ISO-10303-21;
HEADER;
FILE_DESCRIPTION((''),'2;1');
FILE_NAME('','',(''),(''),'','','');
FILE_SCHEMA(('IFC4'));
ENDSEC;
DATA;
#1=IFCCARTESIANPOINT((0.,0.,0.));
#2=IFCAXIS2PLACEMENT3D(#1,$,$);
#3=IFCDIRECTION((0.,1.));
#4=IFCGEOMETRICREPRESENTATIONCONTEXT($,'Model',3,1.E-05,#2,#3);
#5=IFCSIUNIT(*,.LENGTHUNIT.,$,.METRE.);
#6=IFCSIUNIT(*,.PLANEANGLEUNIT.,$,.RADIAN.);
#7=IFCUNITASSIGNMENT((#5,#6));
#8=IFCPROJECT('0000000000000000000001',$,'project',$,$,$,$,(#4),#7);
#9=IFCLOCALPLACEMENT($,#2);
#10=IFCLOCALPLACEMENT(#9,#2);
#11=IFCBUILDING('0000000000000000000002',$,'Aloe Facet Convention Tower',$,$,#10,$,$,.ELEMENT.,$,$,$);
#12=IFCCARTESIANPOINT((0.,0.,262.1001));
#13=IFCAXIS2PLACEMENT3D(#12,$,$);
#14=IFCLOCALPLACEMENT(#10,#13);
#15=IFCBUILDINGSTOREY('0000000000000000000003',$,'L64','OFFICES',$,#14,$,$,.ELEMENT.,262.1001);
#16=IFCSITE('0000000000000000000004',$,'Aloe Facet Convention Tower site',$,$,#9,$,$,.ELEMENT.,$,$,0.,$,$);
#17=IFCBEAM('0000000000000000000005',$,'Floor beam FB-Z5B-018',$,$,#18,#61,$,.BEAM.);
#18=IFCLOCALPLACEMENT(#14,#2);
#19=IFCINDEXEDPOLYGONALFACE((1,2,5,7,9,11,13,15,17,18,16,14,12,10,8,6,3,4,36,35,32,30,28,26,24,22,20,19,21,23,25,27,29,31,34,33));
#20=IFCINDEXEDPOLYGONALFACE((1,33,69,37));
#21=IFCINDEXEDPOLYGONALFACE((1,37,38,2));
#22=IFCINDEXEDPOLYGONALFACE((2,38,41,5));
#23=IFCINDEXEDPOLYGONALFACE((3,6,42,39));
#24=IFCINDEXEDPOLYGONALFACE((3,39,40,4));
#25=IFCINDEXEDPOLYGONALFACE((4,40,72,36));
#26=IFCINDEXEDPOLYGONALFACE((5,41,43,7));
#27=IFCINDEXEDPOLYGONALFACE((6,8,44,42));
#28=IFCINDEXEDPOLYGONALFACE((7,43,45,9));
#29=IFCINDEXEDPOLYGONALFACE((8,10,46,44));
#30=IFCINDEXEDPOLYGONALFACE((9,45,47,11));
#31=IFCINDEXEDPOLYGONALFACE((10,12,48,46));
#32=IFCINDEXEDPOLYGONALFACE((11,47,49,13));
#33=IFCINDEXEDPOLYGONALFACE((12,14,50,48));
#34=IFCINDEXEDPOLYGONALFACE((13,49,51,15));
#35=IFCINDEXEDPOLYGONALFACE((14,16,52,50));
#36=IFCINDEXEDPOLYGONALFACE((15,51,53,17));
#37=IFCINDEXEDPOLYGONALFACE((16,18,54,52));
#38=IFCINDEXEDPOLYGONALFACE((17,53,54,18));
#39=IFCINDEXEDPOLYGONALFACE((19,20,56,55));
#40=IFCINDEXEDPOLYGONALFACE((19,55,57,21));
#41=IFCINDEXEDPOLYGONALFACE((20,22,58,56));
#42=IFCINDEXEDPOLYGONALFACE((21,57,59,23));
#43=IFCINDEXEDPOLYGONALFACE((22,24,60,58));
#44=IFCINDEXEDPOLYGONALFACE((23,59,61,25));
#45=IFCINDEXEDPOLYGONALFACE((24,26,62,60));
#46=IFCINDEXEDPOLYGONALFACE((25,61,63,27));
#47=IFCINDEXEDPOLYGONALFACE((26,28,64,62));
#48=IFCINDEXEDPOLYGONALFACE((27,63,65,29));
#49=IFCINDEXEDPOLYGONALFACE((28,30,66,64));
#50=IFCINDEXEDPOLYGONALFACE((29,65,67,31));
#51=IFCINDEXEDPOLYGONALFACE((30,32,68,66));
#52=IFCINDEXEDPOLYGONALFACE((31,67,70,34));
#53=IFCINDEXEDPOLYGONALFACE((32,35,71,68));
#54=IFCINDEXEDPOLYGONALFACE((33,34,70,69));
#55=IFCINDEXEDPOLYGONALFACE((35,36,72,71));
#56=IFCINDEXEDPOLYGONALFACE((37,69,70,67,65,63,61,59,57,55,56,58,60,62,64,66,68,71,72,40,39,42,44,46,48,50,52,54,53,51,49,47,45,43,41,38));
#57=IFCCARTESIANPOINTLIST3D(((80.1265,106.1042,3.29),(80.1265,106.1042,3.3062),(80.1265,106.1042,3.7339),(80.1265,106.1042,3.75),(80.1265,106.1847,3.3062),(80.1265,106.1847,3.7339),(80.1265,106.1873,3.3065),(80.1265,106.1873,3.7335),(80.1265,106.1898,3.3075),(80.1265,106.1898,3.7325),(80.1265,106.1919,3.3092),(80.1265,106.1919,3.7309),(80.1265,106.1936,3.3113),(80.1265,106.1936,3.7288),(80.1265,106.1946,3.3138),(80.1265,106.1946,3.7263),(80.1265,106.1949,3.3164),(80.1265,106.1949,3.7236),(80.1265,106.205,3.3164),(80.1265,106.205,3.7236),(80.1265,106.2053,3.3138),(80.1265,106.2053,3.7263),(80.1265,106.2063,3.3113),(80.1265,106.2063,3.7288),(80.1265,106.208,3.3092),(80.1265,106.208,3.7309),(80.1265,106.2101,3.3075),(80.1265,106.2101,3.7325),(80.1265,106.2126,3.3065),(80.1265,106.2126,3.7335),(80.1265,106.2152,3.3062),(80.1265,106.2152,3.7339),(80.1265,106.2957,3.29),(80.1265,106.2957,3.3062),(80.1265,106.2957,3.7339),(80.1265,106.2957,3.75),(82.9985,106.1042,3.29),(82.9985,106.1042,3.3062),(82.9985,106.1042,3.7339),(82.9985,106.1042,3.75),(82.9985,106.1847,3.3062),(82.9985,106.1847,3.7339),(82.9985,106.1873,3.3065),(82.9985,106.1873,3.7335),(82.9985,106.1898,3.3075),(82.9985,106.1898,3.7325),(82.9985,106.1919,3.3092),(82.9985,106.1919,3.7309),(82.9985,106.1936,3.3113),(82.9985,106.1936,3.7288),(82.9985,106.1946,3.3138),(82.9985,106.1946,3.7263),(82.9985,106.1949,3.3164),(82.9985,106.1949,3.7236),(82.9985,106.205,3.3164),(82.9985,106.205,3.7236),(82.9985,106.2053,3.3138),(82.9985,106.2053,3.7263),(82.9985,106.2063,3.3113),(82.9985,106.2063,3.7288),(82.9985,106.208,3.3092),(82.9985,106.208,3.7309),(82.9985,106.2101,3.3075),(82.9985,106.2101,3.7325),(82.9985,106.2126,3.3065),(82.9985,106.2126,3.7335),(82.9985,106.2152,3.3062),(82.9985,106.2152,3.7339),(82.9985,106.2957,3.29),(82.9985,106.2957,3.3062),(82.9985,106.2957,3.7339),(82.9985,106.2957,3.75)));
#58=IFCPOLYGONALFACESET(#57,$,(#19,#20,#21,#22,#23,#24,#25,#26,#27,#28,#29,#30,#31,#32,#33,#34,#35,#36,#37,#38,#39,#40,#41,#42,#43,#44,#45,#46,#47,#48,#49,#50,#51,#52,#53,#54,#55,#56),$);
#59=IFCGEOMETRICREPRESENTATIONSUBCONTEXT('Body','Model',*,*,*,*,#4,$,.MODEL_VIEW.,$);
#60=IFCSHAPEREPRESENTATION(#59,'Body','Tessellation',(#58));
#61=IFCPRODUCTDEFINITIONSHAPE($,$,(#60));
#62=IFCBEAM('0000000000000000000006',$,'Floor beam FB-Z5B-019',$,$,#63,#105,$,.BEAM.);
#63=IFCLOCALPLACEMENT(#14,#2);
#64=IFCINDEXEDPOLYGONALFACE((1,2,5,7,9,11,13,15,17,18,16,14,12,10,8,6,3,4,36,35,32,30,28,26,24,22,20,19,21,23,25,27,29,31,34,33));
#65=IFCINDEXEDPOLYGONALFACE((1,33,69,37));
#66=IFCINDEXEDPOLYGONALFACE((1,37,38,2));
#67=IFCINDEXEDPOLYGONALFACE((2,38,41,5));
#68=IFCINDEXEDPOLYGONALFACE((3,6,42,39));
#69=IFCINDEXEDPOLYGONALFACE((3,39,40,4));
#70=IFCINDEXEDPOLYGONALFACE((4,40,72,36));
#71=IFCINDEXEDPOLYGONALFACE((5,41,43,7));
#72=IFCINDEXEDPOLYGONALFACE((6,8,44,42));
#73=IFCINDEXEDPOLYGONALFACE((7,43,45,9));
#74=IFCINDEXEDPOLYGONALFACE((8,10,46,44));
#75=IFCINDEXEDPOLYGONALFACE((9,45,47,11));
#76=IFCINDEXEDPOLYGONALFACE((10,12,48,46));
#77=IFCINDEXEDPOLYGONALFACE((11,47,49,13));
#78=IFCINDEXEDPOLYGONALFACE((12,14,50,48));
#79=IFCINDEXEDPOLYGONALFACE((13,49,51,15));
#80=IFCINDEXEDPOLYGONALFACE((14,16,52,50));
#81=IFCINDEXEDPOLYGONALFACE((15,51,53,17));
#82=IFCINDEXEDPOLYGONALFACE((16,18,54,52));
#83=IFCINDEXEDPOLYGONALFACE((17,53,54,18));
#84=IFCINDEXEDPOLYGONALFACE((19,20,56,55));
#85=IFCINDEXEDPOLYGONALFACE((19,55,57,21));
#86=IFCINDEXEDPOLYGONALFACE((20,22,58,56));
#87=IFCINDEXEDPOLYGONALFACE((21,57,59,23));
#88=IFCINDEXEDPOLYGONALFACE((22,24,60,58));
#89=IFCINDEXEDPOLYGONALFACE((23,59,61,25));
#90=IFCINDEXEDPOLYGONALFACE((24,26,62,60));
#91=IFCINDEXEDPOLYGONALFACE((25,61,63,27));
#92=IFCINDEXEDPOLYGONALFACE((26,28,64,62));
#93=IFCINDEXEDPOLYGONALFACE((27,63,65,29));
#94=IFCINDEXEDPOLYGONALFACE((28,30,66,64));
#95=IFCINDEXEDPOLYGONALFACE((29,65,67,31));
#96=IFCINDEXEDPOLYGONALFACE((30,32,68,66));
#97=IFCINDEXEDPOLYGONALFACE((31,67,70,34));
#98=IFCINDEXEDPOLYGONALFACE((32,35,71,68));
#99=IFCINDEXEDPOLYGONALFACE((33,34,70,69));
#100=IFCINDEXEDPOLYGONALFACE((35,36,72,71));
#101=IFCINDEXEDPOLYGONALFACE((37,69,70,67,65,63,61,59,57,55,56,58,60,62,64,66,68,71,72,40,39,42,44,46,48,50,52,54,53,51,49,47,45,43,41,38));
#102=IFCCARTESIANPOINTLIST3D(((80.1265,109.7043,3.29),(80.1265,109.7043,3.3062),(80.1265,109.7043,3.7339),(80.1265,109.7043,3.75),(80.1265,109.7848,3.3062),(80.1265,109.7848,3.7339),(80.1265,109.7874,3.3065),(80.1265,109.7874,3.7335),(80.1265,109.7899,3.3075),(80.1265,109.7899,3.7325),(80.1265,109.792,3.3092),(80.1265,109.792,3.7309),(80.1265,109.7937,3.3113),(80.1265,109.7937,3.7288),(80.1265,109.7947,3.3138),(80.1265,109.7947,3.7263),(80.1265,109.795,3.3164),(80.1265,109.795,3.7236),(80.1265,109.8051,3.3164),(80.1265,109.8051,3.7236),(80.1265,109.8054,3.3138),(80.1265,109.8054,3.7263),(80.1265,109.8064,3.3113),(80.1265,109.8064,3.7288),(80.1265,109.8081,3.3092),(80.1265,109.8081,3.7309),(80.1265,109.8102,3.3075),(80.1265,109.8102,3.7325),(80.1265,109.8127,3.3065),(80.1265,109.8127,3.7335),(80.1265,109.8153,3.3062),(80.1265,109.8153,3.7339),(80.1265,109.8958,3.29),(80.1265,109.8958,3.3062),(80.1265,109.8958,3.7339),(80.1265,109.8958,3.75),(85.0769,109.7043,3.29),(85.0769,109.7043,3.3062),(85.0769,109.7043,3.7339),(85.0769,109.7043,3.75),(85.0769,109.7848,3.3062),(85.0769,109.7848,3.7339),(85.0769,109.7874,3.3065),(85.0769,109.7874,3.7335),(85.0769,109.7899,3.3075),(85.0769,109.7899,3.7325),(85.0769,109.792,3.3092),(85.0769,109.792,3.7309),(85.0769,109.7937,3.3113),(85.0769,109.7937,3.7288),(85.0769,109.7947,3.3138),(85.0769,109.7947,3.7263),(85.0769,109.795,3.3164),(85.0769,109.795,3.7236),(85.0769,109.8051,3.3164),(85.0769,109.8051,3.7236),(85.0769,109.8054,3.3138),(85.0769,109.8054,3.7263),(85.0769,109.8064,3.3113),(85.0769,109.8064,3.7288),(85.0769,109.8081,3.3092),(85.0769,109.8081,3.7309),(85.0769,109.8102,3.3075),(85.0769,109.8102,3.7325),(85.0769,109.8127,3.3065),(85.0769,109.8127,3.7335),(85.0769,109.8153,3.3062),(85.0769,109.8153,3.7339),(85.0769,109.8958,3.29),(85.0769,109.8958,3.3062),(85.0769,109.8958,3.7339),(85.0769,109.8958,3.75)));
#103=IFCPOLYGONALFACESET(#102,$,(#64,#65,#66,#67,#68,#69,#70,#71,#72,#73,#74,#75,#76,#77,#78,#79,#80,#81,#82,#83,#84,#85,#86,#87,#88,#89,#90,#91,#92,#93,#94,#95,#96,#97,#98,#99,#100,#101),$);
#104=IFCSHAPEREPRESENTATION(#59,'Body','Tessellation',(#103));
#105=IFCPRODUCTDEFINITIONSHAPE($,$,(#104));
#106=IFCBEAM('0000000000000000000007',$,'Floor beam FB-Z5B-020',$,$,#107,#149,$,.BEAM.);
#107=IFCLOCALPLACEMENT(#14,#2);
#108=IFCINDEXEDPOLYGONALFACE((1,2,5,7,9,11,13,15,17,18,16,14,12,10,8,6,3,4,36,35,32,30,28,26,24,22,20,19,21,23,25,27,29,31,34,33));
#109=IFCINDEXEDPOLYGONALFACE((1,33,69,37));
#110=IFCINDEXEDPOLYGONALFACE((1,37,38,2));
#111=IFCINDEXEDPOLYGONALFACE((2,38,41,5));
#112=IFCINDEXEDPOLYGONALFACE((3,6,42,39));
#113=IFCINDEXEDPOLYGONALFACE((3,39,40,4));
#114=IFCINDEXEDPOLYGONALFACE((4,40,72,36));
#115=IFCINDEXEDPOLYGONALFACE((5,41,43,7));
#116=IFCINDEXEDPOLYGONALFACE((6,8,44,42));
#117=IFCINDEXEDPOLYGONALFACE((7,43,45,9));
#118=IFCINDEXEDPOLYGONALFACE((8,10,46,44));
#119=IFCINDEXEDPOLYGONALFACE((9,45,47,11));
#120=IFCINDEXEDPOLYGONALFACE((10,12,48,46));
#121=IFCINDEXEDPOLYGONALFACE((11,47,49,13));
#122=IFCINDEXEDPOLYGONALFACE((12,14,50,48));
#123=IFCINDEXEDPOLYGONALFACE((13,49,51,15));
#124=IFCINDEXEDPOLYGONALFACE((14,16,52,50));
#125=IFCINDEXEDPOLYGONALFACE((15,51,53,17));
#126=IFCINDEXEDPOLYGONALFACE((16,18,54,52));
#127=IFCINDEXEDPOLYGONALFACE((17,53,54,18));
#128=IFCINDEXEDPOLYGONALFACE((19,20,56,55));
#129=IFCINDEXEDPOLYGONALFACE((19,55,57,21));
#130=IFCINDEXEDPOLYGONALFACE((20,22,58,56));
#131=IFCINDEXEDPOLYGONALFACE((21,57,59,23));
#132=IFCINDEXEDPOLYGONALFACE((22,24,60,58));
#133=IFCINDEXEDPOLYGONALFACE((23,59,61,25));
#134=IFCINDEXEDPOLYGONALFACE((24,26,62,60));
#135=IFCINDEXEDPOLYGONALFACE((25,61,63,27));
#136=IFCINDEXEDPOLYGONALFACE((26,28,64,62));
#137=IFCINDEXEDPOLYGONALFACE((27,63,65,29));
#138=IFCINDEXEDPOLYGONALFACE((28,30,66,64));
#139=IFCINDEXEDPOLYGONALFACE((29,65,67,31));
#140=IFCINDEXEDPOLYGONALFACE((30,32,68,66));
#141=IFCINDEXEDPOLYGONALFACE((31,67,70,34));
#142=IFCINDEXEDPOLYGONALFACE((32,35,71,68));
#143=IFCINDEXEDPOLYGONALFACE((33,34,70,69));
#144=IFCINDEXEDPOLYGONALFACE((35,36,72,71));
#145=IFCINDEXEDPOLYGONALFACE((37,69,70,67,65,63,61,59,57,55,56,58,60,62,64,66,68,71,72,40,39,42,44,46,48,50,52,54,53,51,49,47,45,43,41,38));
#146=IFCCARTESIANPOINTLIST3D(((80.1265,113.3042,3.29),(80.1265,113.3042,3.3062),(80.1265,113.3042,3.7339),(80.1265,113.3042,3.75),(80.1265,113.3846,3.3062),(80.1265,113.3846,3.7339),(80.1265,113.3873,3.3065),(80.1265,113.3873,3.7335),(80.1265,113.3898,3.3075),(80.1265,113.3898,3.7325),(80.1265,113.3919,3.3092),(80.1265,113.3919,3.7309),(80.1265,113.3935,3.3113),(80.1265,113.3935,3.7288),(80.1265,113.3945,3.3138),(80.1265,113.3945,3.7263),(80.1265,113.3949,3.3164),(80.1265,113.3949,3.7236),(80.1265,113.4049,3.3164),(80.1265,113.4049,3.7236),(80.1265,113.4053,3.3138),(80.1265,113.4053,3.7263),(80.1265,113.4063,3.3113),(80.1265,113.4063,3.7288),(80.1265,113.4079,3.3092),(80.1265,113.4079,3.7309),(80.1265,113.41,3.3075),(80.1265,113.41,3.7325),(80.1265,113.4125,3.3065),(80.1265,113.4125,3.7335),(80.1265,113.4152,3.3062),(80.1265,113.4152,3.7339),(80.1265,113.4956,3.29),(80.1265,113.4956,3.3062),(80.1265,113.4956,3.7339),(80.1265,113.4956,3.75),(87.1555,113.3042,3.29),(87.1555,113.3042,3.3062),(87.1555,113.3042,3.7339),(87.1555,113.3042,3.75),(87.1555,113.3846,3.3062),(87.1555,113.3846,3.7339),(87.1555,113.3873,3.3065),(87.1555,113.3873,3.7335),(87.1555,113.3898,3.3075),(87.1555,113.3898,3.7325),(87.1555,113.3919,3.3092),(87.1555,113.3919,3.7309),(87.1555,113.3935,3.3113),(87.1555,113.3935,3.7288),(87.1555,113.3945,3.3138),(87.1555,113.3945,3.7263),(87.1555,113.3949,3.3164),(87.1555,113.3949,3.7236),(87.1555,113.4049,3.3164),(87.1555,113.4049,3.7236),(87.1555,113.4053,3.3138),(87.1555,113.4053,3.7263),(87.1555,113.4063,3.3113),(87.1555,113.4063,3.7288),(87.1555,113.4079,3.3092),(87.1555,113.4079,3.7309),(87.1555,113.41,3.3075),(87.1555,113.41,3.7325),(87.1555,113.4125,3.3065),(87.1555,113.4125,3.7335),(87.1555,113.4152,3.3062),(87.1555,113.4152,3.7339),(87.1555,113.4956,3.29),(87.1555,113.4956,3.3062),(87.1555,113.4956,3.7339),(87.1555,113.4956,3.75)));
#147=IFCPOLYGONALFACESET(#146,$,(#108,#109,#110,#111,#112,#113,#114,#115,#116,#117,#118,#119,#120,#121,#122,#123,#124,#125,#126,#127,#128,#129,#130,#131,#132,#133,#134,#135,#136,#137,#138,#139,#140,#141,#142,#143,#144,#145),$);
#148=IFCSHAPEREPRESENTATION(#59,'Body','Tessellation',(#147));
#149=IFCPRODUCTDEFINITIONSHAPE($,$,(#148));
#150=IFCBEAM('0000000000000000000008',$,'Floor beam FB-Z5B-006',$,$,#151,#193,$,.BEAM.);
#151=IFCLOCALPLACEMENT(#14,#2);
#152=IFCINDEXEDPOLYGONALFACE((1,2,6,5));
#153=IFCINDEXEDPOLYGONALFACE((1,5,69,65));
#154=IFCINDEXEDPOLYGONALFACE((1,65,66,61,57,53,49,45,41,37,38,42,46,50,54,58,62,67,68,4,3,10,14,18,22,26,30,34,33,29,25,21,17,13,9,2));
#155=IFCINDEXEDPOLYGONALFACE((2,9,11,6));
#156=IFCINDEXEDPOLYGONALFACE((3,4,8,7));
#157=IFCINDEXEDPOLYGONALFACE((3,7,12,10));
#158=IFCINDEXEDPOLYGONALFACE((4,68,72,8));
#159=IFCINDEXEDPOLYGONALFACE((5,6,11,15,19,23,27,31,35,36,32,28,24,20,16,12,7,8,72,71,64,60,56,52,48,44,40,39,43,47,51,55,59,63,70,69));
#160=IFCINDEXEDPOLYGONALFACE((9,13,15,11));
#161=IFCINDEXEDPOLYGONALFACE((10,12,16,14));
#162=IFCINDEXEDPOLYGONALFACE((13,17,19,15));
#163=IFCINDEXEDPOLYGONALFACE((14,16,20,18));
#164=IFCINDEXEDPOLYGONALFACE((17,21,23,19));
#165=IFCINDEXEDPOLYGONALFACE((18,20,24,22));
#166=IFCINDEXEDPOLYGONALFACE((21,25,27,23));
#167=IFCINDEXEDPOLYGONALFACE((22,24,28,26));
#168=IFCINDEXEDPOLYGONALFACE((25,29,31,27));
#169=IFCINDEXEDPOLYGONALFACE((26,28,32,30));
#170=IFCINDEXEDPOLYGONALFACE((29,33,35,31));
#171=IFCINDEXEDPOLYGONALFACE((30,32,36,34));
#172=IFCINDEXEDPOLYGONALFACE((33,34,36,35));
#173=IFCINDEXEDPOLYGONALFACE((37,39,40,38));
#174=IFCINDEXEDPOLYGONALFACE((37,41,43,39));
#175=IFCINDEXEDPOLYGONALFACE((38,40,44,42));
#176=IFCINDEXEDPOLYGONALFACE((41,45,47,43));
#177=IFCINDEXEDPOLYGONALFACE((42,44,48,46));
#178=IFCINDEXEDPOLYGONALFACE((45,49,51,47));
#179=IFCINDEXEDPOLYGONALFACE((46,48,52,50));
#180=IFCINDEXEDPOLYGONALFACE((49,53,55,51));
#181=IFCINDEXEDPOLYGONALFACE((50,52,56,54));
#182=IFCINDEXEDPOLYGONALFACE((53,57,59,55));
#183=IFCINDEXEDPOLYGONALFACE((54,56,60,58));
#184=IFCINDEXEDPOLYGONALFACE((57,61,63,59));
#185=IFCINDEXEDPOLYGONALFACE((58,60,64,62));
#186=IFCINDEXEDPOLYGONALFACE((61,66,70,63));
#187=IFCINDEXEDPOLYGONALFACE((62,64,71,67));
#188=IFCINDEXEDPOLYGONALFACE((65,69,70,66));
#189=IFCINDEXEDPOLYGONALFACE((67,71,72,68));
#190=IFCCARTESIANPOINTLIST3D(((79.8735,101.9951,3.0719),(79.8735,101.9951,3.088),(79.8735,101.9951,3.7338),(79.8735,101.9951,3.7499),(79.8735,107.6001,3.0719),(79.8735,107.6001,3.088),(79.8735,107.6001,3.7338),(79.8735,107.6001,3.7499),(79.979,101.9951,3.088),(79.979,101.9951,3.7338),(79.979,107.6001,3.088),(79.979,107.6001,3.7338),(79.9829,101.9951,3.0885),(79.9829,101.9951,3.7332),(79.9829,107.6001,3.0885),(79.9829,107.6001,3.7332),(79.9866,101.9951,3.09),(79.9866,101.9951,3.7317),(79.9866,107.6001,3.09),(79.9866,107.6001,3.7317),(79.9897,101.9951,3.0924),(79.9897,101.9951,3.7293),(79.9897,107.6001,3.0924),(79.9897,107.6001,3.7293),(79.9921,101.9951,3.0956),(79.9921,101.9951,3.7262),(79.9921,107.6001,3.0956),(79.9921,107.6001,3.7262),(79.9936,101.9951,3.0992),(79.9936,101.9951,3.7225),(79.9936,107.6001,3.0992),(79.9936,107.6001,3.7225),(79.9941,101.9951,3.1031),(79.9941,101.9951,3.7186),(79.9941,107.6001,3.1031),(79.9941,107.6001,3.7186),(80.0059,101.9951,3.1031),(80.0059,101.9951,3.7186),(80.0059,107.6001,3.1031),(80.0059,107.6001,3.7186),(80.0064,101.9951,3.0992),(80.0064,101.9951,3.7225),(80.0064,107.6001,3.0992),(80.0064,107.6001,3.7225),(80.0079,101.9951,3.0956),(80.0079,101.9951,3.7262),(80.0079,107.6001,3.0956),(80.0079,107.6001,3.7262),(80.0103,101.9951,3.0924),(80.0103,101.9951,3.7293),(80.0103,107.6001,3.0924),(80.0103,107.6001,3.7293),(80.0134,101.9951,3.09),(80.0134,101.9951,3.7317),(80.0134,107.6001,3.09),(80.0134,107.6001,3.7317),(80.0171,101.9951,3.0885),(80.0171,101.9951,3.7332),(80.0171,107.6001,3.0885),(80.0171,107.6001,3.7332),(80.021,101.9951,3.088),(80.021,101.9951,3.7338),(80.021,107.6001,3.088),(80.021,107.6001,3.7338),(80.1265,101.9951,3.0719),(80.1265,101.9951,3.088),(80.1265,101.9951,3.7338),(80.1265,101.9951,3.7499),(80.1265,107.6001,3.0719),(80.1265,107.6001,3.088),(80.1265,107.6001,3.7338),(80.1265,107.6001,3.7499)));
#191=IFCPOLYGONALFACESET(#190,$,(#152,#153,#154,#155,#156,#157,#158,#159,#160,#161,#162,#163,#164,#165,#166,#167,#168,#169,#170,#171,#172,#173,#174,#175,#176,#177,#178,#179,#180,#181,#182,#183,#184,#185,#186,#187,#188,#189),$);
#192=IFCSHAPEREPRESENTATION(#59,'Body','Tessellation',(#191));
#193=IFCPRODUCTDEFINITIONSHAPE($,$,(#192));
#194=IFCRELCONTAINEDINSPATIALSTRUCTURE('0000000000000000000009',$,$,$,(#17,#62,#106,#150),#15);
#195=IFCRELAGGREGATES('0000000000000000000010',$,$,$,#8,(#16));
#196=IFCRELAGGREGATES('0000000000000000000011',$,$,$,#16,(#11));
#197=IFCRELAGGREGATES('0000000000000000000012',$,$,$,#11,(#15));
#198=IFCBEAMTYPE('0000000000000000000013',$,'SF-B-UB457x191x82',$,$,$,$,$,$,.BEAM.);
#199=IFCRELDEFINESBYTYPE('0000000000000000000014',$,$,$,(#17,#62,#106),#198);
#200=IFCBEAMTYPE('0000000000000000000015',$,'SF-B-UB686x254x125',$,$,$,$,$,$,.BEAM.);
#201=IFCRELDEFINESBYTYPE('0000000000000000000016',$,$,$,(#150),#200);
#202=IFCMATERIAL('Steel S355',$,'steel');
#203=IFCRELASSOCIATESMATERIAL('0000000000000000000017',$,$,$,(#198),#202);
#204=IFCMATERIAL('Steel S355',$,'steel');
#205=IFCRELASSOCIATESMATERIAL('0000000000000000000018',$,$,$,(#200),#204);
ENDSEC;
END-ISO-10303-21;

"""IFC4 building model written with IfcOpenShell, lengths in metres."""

from ifc_helpers import new_model, si_unit, direction, frame, origin, origin_2d, place, context, subcontext, project, spatial, i_section, extrude, material, material_profile, profile_set, type_object, element, save


model = new_model("IFC4")

# Units and contexts
model_context = context("Model", 3, precision=1e-05, world=origin(), true_north=direction((0.0, 1.0)))
body_context = subcontext(model_context, "Body", "Model", "MODEL_VIEW")
ifc_project = project(units=[si_unit("LENGTHUNIT", "METRE"), si_unit("PLANEANGLEUNIT", "RADIAN")], contexts=[model_context])

# Site, building, storey
site_placement = place(None, origin())
site = spatial("IfcSite", under=ifc_project, at=site_placement, Name="Aloe Facet Convention Tower site", CompositionType="ELEMENT", RefElevation=0.0)
building_placement = place(site_placement, origin())
building = spatial("IfcBuilding", under=site, at=building_placement, Name="Aloe Facet Convention Tower", CompositionType="ELEMENT")
storey_placement = place(building_placement, frame((0.0, 0.0, 262.1001)))
storey = spatial("IfcBuildingStorey", under=building, at=storey_placement, Name="L64", Description="OFFICES", CompositionType="ELEMENT", Elevation=262.1001)

# Beams
ifc_material_1 = material(Name="Steel S355", Category="steel")
ifc_material_profile_1 = material_profile(ifc_material_1, i_section(OverallWidth=0.1914, OverallDepth=0.46, WebThickness=0.01, FlangeThickness=0.0161, FilletRadius=0.0103, at=origin_2d()), Name="UB 457x191x82")
ifc_profile_set_1 = profile_set([ifc_material_profile_1], Name="Steel S355")
beam_type_1 = type_object("IfcBeamType", Name="SF-B-UB457x191x82", PredefinedType="BEAM", material=ifc_profile_set_1)
for number, where, z_axis, x_axis, name in (
    (1, (80.1265, 106.2, 3.52), (1.0, 0.0, 0.0), (0.0, 1.0, 0.0), "Floor beam FB-Z5B-018"),
):
    element("IfcBeam", number, at=place(storey_placement, frame(where, z_axis=z_axis, x_axis=x_axis)), inside=storey, type_object=beam_type_1, Name=name, PredefinedType="BEAM", context=body_context, shape_type="SweptSolid", body=[
        extrude(i_section(OverallWidth=0.1914, OverallDepth=0.46, WebThickness=0.01, FlangeThickness=0.0161, FilletRadius=0.0103, at=origin_2d()), origin(), (0.0, 0.0, 1.0), 2.8721),
    ])
beam_1_placement = place(storey_placement, frame((80.1265, 109.8, 3.52), z_axis=(1.0, 0.0, 0.0), x_axis=(0.0, 1.0, 0.0)))
element("IfcBeam", 2, at=beam_1_placement, inside=storey, type_object=beam_type_1, Name="Floor beam FB-Z5B-019", PredefinedType="BEAM", context=body_context, shape_type="SweptSolid", body=[
    extrude(i_section(OverallWidth=0.1914, OverallDepth=0.46, WebThickness=0.01, FlangeThickness=0.0161, FilletRadius=0.0103, at=origin_2d()), origin(), (0.0, 0.0, 1.0), 4.9504),
])
beam_2_placement = place(storey_placement, frame((80.1265, 113.3999, 3.52), z_axis=(1.0, 0.0, 0.0), x_axis=(0.0, 1.0, 0.0)))
element("IfcBeam", 3, at=beam_2_placement, inside=storey, type_object=beam_type_1, Name="Floor beam FB-Z5B-020", PredefinedType="BEAM", context=body_context, shape_type="SweptSolid", body=[
    extrude(i_section(OverallWidth=0.1914, OverallDepth=0.46, WebThickness=0.01, FlangeThickness=0.0161, FilletRadius=0.0103, at=origin_2d()), origin(), (0.0, 0.0, 1.0), 7.0291),
])
ifc_material_2 = material(Name="Steel S355", Category="steel")
ifc_material_profile_2 = material_profile(ifc_material_2, i_section(OverallWidth=0.2529, OverallDepth=0.678, WebThickness=0.0117, FlangeThickness=0.0161, FilletRadius=0.0151, at=origin_2d()), Name="UB 686x254x125")
ifc_profile_set_2 = profile_set([ifc_material_profile_2], Name="Steel S355")
beam_type_2 = type_object("IfcBeamType", Name="SF-B-UB686x254x125", PredefinedType="BEAM", material=ifc_profile_set_2)
beam_3_placement = place(storey_placement, frame((80.0, 107.6001, 3.4109), z_axis=(0.0, -1.0, 0.0), x_axis=(1.0, 0.0, 0.0)))
element("IfcBeam", 4, at=beam_3_placement, inside=storey, type_object=beam_type_2, Name="Floor beam FB-Z5B-006", PredefinedType="BEAM", context=body_context, shape_type="SweptSolid", body=[
    extrude(i_section(OverallWidth=0.2529, OverallDepth=0.678, WebThickness=0.0117, FlangeThickness=0.0161, FilletRadius=0.0151, at=origin_2d()), origin(), (0.0, 0.0, 1.0), 5.605),
])

save(model, "model.ifc")
